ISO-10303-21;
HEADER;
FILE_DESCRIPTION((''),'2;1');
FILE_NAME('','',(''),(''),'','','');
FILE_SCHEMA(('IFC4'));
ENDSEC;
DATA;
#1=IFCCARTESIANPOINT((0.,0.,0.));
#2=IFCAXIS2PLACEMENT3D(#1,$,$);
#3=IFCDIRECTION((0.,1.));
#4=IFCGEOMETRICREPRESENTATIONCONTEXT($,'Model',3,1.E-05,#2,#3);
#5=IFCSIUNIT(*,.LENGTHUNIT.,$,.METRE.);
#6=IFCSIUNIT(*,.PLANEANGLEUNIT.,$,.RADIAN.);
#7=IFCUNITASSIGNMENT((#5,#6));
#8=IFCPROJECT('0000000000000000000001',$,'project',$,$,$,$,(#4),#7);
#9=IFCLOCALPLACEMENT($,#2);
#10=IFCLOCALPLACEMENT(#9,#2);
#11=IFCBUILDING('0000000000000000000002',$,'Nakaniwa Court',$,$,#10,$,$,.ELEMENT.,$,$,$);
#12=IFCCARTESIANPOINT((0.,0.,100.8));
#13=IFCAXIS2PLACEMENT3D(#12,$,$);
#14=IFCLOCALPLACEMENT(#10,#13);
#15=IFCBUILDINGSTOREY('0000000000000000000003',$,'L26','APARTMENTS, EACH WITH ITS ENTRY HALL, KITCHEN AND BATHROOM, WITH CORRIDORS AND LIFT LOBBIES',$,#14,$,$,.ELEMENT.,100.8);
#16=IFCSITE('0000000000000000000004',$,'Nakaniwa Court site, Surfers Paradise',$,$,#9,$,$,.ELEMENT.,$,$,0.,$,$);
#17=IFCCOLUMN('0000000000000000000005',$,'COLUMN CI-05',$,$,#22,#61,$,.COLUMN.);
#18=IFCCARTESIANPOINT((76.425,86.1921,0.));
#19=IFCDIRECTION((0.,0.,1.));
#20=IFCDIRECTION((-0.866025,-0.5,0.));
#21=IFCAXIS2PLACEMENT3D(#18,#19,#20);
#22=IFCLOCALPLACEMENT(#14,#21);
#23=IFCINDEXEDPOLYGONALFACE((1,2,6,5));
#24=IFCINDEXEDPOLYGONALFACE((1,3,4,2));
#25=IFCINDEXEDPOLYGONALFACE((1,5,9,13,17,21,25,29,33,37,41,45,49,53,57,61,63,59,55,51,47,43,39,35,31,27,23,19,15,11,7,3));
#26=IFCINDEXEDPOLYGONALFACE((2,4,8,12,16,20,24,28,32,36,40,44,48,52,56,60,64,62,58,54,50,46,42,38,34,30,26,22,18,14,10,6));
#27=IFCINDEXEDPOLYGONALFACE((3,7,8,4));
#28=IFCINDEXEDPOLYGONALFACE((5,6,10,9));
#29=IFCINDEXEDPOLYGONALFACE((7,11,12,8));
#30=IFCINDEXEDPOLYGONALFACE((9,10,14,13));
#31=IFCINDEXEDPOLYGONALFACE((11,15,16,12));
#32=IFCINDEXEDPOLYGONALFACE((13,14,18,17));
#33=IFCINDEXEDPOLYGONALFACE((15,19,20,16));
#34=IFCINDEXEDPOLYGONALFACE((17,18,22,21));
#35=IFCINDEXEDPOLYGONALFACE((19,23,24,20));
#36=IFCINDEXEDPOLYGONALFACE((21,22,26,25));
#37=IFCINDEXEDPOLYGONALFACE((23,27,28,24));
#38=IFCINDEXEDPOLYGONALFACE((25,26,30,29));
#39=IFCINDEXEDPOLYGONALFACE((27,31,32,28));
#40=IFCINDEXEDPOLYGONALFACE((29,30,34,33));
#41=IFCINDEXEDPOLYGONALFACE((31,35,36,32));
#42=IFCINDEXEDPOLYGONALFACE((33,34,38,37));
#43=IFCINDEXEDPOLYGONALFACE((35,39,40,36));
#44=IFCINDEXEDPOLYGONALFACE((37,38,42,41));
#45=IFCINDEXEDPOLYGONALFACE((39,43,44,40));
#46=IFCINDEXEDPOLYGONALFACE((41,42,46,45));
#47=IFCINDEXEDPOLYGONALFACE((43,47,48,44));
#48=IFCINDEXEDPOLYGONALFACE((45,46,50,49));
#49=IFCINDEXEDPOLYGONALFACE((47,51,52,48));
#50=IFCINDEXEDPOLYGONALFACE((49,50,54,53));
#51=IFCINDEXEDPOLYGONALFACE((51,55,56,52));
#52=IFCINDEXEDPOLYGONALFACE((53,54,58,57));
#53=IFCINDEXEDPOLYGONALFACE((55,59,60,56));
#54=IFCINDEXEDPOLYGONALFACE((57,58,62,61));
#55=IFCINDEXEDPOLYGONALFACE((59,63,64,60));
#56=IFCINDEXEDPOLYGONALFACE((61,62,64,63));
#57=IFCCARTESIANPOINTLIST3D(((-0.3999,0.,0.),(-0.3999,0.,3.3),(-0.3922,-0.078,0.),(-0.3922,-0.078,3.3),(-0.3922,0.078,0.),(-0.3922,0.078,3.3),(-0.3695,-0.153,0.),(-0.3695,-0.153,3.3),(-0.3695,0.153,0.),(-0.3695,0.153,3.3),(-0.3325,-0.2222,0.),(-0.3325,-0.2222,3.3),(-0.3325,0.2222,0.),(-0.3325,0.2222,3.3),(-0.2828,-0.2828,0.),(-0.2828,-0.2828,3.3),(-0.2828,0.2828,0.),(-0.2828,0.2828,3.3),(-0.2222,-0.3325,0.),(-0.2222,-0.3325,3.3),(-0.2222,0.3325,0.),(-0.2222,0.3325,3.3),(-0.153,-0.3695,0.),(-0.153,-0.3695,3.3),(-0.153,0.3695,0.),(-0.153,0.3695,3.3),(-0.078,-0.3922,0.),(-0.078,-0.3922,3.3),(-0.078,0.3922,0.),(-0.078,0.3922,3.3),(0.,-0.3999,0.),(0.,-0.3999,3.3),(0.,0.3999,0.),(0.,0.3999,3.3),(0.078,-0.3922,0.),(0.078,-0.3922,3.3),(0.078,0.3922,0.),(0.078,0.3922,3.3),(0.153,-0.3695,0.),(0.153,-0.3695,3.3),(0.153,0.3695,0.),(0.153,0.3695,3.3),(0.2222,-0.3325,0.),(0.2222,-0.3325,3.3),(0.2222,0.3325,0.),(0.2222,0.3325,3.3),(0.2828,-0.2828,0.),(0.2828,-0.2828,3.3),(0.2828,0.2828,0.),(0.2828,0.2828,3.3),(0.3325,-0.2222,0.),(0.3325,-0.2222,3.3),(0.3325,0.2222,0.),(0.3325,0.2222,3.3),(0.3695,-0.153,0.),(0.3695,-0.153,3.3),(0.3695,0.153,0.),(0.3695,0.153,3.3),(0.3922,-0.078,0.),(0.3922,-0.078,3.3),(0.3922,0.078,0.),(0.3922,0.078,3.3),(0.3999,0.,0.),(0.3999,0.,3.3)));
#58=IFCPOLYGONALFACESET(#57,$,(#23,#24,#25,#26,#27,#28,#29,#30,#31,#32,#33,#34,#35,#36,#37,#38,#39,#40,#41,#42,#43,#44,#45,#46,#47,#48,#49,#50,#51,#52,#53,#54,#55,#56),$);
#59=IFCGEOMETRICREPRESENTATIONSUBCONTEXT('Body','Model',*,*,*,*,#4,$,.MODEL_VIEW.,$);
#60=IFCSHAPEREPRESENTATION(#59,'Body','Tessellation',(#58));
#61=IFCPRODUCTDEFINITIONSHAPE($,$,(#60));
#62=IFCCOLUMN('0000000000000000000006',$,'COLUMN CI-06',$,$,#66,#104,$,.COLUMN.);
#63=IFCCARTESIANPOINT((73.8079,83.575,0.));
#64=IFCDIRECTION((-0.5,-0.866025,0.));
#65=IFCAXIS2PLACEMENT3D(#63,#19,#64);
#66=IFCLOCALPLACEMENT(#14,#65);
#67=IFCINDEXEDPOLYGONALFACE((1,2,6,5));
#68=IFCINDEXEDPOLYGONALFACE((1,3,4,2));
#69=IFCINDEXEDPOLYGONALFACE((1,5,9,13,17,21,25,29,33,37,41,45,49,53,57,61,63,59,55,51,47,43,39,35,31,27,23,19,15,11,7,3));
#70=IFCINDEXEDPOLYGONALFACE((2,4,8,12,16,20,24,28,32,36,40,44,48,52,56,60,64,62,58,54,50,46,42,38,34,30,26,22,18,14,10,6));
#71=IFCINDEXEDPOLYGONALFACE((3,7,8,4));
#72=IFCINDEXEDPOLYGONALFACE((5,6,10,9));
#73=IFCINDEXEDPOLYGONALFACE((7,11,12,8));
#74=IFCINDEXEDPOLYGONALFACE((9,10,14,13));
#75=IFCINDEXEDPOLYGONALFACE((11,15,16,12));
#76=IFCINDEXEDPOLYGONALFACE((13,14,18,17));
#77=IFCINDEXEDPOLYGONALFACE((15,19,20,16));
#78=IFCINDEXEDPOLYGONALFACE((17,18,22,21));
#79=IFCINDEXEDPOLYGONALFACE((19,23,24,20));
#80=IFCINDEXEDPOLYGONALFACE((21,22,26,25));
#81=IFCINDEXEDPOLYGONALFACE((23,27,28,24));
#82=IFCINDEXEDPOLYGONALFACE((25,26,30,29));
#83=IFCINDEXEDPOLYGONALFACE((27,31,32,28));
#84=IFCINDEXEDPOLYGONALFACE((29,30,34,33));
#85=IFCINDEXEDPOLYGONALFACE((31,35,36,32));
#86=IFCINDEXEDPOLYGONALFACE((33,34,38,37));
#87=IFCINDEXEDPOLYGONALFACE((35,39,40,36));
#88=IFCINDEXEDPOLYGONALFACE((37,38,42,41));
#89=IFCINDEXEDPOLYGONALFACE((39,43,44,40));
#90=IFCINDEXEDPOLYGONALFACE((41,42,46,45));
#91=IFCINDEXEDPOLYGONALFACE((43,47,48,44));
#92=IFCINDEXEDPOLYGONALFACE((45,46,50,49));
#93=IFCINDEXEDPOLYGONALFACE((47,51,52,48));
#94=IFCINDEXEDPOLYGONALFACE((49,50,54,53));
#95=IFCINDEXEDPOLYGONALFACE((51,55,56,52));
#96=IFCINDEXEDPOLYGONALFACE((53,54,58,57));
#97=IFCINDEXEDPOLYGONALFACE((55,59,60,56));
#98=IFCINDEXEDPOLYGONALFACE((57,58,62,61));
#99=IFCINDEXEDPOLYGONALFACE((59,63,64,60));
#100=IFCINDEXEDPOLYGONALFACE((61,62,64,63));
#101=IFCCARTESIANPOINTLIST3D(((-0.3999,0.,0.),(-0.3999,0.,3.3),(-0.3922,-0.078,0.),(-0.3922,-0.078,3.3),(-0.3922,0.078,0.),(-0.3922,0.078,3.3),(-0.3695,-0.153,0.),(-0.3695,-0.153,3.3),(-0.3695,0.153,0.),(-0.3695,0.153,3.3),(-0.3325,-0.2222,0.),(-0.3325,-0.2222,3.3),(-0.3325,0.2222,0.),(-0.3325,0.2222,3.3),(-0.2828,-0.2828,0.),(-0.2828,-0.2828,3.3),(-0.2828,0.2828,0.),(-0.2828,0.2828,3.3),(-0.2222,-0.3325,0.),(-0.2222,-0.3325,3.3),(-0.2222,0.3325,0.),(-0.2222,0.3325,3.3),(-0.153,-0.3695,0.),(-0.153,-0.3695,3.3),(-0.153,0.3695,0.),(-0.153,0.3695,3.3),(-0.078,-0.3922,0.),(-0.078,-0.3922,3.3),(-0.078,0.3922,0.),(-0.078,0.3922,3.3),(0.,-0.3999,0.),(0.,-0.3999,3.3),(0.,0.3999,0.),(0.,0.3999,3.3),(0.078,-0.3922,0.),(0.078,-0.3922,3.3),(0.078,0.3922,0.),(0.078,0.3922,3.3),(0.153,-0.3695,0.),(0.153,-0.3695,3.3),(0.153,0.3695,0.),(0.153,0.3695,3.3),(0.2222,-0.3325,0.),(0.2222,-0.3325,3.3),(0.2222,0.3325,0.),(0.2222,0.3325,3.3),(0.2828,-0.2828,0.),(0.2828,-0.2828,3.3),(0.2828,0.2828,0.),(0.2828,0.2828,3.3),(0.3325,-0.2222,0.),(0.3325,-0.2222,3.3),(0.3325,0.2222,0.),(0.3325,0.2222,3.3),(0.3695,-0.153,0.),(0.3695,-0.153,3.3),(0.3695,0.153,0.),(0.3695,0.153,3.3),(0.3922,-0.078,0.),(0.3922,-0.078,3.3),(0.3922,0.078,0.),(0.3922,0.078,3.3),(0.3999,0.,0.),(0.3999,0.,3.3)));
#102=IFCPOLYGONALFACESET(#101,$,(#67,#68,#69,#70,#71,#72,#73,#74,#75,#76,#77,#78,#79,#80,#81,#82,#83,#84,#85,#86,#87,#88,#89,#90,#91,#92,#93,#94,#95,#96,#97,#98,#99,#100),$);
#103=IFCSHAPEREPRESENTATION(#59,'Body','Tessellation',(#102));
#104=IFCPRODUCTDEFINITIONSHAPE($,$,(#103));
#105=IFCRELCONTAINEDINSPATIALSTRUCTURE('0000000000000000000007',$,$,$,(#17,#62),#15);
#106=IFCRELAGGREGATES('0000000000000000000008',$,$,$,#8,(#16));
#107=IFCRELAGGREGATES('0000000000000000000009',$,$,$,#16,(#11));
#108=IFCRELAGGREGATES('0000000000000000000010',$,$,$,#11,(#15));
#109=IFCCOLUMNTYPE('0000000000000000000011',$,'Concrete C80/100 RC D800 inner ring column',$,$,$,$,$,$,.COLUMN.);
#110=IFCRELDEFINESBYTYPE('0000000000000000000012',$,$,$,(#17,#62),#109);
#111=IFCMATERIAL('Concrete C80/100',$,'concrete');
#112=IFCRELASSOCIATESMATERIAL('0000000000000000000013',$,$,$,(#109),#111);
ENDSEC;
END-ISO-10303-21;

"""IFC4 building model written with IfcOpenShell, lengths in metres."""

from ifc_helpers import new_model, si_unit, direction, frame, origin, origin_2d, place, context, subcontext, project, spatial, circle, extrude, material, material_profile, profile_set, type_object, element, save


model = new_model("IFC4")

# Units and contexts
model_context = context("Model", 3, precision=1e-05, world=origin(), true_north=direction((0.0, 1.0)))
body_context = subcontext(model_context, "Body", "Model", "MODEL_VIEW")
ifc_project = project(units=[si_unit("LENGTHUNIT", "METRE"), si_unit("PLANEANGLEUNIT", "RADIAN")], contexts=[model_context])

# Site, building, storey
site_placement = place(None, origin())
site = spatial("IfcSite", under=ifc_project, at=site_placement, Name="Nakaniwa Court site, Surfers Paradise", CompositionType="ELEMENT", RefElevation=0.0)
building_placement = place(site_placement, origin())
building = spatial("IfcBuilding", under=site, at=building_placement, Name="Nakaniwa Court", CompositionType="ELEMENT")
storey_placement = place(building_placement, frame((0.0, 0.0, 100.8)))
storey = spatial("IfcBuildingStorey", under=building, at=storey_placement, Name="L26", Description="APARTMENTS, EACH WITH ITS ENTRY HALL, KITCHEN AND BATHROOM, WITH CORRIDORS AND LIFT LOBBIES", CompositionType="ELEMENT", Elevation=100.8)

# Columns
ifc_material_1 = material(Name="Concrete C80/100", Category="concrete")
ifc_material_profile_1 = material_profile(ifc_material_1, circle(Radius=0.3999, at=origin_2d()), Name="Concrete C80/100 RC D800 inner ring column")
ifc_profile_set_1 = profile_set([ifc_material_profile_1], Name="Concrete C80/100")
column_type_1 = type_object("IfcColumnType", Name="Concrete C80/100 RC D800 inner ring column", PredefinedType="COLUMN", material=ifc_profile_set_1)
for number, where, z_axis, x_axis, name in (
    (1, (76.425, 86.1921, 0.0), (0.0, 0.0, 1.0), (-0.866025, -0.5, 0.0), "COLUMN CI-05"),
    (2, (73.8079, 83.575, 0.0), (0.0, 0.0, 1.0), (-0.5, -0.866025, 0.0), "COLUMN CI-06"),
):
    element("IfcColumn", number, at=place(storey_placement, frame(where, z_axis=z_axis, x_axis=x_axis)), inside=storey, type_object=column_type_1, Name=name, PredefinedType="COLUMN", context=body_context, shape_type="SweptSolid", body=[
        extrude(circle(Radius=0.3999, at=origin_2d()), origin(), (0.0, 0.0, 1.0), 3.3),
    ])

save(model, "model.ifc")
